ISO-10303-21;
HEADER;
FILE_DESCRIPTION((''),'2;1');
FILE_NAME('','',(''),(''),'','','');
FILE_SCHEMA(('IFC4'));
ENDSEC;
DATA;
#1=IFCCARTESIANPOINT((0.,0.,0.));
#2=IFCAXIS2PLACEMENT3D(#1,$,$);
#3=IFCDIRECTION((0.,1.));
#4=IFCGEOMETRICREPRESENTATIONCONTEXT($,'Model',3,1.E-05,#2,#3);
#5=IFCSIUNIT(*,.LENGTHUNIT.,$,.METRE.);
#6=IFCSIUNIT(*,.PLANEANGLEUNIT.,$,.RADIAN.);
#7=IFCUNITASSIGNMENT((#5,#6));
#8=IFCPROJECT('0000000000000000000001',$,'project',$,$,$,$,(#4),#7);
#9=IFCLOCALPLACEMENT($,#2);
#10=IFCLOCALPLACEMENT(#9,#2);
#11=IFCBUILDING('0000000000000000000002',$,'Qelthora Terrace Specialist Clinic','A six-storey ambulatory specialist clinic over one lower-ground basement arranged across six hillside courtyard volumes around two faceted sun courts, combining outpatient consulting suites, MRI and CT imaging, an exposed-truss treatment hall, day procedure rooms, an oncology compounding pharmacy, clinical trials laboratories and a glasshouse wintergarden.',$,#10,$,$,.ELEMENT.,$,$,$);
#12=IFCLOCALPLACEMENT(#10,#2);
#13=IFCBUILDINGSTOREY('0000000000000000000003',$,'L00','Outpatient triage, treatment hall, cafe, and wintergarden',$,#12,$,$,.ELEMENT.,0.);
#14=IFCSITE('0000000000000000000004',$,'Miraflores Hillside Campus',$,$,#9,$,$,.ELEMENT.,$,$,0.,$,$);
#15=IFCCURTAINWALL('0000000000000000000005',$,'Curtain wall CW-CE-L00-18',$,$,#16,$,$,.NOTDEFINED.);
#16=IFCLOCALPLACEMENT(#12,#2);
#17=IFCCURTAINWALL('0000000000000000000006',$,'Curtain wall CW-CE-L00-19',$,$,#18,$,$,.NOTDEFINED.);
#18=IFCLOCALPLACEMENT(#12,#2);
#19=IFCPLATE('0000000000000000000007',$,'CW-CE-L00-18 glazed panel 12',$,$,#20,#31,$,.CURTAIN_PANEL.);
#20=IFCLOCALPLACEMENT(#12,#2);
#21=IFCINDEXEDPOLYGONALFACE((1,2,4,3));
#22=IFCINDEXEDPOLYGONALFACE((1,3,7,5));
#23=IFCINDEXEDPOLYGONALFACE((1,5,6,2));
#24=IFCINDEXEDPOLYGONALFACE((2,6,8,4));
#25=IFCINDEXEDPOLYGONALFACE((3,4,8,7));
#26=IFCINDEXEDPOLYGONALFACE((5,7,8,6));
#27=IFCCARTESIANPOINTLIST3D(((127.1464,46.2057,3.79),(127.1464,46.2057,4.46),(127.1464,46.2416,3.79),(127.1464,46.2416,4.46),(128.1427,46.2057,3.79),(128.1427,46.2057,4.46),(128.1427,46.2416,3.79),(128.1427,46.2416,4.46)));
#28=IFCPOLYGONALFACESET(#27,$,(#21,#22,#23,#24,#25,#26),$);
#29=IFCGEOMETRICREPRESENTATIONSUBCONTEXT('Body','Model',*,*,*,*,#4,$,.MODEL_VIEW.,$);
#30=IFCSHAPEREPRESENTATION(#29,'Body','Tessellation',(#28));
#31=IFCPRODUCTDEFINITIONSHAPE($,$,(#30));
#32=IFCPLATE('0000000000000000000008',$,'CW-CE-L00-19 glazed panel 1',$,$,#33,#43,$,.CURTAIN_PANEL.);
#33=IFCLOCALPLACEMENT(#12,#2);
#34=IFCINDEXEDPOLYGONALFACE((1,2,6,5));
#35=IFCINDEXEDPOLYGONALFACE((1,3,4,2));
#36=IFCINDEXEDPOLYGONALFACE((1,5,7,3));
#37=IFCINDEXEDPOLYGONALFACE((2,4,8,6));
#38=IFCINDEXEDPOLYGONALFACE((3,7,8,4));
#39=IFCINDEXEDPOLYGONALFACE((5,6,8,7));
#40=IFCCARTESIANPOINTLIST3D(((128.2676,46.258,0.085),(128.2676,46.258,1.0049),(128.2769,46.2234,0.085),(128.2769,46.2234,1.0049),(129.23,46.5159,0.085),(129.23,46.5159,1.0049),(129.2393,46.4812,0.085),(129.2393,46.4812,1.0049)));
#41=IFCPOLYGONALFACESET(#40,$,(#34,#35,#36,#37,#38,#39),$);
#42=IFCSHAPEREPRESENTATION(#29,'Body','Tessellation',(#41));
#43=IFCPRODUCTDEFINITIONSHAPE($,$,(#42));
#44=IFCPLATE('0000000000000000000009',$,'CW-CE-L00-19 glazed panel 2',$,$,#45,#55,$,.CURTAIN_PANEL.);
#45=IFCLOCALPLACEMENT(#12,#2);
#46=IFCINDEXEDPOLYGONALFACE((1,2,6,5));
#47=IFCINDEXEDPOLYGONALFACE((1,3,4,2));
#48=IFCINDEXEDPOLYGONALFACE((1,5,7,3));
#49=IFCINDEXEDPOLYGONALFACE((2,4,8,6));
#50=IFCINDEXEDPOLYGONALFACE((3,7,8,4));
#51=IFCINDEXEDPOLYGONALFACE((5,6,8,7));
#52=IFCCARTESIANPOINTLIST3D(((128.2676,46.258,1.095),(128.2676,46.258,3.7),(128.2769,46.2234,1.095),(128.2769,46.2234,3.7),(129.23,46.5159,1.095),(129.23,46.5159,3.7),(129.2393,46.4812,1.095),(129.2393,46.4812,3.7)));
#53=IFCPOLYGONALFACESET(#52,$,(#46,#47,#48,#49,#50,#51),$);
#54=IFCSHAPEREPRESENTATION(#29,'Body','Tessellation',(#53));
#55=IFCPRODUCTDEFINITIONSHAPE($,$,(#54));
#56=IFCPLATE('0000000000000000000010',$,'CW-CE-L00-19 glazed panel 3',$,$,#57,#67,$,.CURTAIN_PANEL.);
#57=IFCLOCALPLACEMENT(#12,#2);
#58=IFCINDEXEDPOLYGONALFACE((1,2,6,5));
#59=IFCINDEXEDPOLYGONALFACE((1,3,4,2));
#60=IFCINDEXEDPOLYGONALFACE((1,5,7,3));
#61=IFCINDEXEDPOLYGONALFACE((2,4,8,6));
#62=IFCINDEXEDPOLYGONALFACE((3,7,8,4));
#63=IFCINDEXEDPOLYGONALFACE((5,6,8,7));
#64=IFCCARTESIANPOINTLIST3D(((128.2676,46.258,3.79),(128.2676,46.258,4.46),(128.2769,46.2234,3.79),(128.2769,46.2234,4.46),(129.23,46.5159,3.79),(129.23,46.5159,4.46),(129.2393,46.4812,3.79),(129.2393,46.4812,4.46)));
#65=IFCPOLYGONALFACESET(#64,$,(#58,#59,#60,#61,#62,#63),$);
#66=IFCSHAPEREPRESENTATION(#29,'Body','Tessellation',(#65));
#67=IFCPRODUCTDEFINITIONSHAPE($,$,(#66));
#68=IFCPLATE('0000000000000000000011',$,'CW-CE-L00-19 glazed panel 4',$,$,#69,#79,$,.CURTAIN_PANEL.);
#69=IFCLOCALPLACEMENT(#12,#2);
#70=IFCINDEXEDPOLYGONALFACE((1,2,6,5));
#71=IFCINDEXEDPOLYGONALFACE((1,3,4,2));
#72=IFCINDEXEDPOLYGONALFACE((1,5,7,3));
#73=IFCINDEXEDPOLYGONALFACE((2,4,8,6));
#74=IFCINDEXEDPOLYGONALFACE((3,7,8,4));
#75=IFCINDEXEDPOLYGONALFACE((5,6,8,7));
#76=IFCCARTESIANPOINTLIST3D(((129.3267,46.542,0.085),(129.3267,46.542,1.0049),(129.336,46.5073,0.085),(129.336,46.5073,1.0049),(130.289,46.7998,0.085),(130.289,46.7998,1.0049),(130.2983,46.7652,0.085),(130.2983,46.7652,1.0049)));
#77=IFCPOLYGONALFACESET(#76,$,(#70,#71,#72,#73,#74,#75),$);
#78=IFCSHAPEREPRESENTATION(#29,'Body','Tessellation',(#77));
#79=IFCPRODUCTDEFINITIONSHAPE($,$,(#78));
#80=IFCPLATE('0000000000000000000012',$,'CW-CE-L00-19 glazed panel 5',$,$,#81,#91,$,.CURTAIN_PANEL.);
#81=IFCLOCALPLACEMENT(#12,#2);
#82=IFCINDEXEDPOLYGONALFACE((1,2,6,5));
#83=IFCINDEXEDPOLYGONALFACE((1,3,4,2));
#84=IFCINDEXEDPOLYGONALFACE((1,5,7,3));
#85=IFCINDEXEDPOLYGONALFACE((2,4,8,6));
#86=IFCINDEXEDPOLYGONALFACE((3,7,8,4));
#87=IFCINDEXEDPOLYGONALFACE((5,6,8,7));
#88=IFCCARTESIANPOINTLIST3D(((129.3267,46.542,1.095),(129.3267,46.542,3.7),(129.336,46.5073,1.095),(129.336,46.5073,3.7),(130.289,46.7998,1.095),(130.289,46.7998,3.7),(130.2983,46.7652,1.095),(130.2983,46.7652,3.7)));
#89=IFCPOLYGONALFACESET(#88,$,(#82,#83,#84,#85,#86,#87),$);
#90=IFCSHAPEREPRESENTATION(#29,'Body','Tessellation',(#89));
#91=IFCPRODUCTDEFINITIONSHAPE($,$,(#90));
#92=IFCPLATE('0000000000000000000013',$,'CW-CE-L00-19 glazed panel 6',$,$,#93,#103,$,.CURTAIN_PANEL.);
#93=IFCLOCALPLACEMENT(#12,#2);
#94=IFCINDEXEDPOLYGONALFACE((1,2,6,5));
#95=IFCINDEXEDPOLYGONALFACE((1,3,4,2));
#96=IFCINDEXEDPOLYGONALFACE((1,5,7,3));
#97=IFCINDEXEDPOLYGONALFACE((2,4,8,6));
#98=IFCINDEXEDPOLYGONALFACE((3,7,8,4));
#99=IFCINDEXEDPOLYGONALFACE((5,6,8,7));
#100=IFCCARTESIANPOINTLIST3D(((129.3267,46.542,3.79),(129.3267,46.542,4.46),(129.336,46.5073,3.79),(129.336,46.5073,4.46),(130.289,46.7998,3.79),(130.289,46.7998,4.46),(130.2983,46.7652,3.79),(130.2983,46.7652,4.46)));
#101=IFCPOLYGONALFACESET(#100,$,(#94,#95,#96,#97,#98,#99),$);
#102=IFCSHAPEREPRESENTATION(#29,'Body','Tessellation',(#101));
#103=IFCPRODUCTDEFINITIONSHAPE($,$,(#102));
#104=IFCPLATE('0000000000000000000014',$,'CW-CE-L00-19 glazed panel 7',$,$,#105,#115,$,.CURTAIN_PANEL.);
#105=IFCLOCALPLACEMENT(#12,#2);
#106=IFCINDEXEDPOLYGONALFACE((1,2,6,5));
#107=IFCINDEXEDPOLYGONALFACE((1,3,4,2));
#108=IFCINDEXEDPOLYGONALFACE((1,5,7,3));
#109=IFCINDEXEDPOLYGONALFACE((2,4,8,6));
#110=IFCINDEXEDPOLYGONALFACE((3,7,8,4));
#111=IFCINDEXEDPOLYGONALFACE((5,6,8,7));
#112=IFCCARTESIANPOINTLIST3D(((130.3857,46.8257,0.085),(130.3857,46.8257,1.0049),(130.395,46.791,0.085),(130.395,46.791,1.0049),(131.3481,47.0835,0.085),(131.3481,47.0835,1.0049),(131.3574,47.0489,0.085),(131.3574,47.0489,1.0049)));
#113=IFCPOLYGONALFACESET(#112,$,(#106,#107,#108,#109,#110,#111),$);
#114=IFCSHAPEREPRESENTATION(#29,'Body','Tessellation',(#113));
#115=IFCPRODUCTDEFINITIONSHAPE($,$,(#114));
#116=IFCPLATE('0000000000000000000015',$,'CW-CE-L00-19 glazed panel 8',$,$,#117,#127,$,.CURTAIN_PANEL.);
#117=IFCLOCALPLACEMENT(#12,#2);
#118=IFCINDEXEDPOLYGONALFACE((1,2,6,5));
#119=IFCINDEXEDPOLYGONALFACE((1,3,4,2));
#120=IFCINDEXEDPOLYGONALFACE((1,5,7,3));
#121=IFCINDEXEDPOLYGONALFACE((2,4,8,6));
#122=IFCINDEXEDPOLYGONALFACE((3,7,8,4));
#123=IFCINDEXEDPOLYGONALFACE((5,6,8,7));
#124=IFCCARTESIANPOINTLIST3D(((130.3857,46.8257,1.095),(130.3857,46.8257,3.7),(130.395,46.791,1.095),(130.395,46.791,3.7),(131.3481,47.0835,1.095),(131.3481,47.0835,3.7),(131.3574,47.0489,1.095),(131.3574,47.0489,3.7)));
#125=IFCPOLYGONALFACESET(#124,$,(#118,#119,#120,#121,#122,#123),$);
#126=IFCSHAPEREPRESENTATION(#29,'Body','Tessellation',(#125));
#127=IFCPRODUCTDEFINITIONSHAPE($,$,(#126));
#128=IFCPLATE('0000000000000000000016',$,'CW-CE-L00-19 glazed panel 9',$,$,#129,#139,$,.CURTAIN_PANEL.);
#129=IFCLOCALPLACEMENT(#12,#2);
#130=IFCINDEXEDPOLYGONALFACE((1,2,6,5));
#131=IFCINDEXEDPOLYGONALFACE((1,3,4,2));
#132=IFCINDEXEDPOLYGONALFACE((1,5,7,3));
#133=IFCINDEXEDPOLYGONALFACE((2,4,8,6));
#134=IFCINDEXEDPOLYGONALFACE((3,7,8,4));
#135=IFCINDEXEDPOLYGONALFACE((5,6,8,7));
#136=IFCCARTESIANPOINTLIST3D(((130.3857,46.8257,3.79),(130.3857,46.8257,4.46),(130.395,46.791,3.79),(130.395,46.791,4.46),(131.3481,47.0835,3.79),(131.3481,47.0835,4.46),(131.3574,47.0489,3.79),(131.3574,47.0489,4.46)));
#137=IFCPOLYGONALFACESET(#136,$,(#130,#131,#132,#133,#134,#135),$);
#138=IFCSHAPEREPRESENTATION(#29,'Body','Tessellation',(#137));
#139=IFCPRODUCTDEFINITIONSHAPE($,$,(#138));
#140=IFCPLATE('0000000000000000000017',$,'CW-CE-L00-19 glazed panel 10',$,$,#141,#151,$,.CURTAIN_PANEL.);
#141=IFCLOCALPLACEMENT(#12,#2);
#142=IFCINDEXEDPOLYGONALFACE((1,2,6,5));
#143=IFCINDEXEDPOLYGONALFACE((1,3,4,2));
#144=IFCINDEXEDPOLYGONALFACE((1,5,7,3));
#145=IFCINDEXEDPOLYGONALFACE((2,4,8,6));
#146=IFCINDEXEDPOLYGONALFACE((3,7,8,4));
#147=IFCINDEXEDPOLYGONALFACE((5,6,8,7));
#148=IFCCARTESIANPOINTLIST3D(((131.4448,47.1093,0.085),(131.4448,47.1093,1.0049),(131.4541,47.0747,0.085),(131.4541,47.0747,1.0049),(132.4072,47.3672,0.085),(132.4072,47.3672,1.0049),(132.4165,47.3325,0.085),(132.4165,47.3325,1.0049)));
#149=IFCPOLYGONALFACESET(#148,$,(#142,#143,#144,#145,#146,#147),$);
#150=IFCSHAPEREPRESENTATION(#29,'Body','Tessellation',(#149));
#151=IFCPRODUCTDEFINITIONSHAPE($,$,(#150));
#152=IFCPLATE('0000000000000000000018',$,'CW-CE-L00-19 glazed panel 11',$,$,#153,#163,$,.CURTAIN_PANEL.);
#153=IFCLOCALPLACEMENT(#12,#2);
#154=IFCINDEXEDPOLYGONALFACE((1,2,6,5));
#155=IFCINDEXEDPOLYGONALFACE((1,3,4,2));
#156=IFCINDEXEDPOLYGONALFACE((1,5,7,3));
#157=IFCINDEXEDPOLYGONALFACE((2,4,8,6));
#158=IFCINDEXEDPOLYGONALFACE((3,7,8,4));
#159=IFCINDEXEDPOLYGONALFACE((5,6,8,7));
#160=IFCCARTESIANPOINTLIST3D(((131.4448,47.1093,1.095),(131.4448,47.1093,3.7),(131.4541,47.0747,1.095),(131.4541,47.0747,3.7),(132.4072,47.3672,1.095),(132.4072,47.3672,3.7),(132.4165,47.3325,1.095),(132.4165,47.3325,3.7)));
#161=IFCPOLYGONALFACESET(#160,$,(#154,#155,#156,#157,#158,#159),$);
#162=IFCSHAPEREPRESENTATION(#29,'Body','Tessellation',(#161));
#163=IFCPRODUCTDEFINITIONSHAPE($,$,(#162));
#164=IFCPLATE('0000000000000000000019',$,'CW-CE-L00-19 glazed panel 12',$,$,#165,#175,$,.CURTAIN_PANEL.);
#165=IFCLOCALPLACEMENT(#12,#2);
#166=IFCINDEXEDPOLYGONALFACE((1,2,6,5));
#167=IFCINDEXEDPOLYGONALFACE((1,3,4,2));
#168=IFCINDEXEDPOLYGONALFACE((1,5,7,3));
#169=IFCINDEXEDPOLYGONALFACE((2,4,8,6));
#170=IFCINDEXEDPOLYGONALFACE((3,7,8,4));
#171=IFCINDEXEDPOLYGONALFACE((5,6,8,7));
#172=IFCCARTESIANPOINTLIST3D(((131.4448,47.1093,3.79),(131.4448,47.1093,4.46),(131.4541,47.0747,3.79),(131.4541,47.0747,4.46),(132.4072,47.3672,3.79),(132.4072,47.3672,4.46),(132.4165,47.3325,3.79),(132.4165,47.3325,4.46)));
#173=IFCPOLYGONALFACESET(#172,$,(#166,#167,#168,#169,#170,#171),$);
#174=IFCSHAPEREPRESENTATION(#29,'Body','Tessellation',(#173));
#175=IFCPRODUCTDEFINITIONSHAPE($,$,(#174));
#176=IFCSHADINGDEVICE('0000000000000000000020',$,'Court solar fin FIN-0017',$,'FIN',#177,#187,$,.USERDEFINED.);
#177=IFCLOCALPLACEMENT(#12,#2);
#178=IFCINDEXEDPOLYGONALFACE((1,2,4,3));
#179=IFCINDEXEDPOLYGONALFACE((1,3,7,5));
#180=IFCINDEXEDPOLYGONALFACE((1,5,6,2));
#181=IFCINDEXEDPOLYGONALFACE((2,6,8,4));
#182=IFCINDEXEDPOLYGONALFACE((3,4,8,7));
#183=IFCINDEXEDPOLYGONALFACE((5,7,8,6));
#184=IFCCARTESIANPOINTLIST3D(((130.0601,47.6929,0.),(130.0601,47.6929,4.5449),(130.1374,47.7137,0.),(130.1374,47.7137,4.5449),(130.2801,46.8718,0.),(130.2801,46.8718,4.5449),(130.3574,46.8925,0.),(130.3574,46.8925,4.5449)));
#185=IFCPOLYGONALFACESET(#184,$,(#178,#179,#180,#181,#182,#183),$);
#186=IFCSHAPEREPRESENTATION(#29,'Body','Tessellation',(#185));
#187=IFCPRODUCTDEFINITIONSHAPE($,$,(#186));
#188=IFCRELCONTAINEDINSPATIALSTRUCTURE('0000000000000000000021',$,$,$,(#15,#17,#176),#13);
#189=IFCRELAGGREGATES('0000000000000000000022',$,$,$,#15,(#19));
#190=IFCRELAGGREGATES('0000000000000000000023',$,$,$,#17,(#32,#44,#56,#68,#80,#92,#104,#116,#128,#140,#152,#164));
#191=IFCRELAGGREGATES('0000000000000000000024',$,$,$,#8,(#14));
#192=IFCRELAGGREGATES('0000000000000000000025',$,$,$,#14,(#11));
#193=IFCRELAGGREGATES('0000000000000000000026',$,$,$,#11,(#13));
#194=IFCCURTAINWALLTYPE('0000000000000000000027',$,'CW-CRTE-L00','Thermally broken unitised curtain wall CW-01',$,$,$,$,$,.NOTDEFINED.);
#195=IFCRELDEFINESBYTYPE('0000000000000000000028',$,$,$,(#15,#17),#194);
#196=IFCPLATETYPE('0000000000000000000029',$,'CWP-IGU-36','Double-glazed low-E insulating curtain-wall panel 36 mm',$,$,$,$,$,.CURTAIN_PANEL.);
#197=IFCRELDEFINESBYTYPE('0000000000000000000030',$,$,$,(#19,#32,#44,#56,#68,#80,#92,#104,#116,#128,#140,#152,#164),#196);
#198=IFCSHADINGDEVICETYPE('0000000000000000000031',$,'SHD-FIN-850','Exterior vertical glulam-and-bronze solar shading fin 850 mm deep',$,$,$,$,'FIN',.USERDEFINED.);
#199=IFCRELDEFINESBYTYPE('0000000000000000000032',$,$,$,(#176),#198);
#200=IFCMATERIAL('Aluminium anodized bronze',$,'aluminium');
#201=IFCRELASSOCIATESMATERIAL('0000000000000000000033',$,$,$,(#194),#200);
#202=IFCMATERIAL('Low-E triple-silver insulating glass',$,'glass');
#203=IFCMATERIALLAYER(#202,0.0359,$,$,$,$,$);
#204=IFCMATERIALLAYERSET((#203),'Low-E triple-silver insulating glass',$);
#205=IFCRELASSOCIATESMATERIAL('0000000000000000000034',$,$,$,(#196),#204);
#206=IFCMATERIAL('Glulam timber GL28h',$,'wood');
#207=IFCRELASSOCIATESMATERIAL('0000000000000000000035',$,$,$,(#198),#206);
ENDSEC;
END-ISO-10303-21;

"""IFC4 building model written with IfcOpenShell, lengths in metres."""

from ifc_helpers import new_model, si_unit, direction, frame, origin, origin_2d, place, context, subcontext, project, spatial, rectangle, extrude, material, layer, layer_set, type_object, element, aggregate, save


model = new_model("IFC4")

# Units and contexts
model_context = context("Model", 3, precision=1e-05, world=origin(), true_north=direction((0.0, 1.0)))
body_context = subcontext(model_context, "Body", "Model", "MODEL_VIEW")
ifc_project = project(units=[si_unit("LENGTHUNIT", "METRE"), si_unit("PLANEANGLEUNIT", "RADIAN")], contexts=[model_context])

# Site, building, storey
site_placement = place(None, origin())
site = spatial("IfcSite", under=ifc_project, at=site_placement, Name="Miraflores Hillside Campus", CompositionType="ELEMENT", RefElevation=0.0)
building_placement = place(site_placement, origin())
building = spatial("IfcBuilding", under=site, at=building_placement, Name="Qelthora Terrace Specialist Clinic", Description="A six-storey ambulatory specialist clinic over one lower-ground basement arranged across six hillside courtyard volumes around two faceted sun courts, combining outpatient consulting suites, MRI and CT imaging, an exposed-truss treatment hall, day procedure rooms, an oncology compounding pharmacy, clinical trials laboratories and a glasshouse wintergarden.", CompositionType="ELEMENT")
storey_placement = place(building_placement, origin())
storey = spatial("IfcBuildingStorey", under=building, at=storey_placement, Name="L00", Description="Outpatient triage, treatment hall, cafe, and wintergarden", CompositionType="ELEMENT", Elevation=0.0)

# Curtain wall
ifc_material_1 = material(Name="Aluminium anodized bronze", Category="aluminium")
curtain_wall_type = type_object("IfcCurtainWallType", Name="CW-CRTE-L00", Description="Thermally broken unitised curtain wall CW-01", PredefinedType="NOTDEFINED", material=ifc_material_1)
curtain_wall_1_placement = place(storey_placement, origin())
curtain_wall_1 = element("IfcCurtainWall", 1, at=curtain_wall_1_placement, inside=storey, type_object=curtain_wall_type, Name="Curtain wall CW-CE-L00-18", PredefinedType="NOTDEFINED")

# Curtain wall
curtain_wall_2_placement = place(storey_placement, origin())
curtain_wall_2 = element("IfcCurtainWall", 2, at=curtain_wall_2_placement, inside=storey, type_object=curtain_wall_type, Name="Curtain wall CW-CE-L00-19", PredefinedType="NOTDEFINED")

# Plates
ifc_material_2 = material(Name="Low-E triple-silver insulating glass", Category="glass")
ifc_layer = layer(ifc_material_2, 0.0359)
ifc_layer_set = layer_set([ifc_layer], Name="Low-E triple-silver insulating glass")
plate_type = type_object("IfcPlateType", Name="CWP-IGU-36", Description="Double-glazed low-E insulating curtain-wall panel 36 mm", PredefinedType="CURTAIN_PANEL", material=ifc_layer_set)
plate_1_placement = place(storey_placement, frame((127.6445, 46.2236, 3.79), z_axis=(0.0, 0.0, 1.0), x_axis=(1.0, 0.0, 0.0)))
plate_1 = element("IfcPlate", 3, at=plate_1_placement, type_object=plate_type, Name="CW-CE-L00-18 glazed panel 12", PredefinedType="CURTAIN_PANEL", context=body_context, shape_type="SweptSolid", body=[
    extrude(rectangle(XDim=0.9963, YDim=0.0359, at=origin_2d()), origin(), (0.0, 0.0, 1.0), 0.6699),
])
aggregate(curtain_wall_1, [plate_1])
plate_2_placement = place(storey_placement, frame((128.7534, 46.3696, 0.085), z_axis=(0.0, 0.0, 1.0), x_axis=(0.965926, 0.258819, 0.0)))
plate_2 = element("IfcPlate", 4, at=plate_2_placement, type_object=plate_type, Name="CW-CE-L00-19 glazed panel 1", PredefinedType="CURTAIN_PANEL", context=body_context, shape_type="SweptSolid", body=[
    extrude(rectangle(XDim=0.9963, YDim=0.0359, at=origin_2d()), origin(), (0.0, 0.0, 1.0), 0.9199),
])
plate_3_placement = place(storey_placement, frame((128.7534, 46.3696, 1.095), z_axis=(0.0, 0.0, 1.0), x_axis=(0.965926, 0.258819, 0.0)))
plate_3 = element("IfcPlate", 5, at=plate_3_placement, type_object=plate_type, Name="CW-CE-L00-19 glazed panel 2", PredefinedType="CURTAIN_PANEL", context=body_context, shape_type="SweptSolid", body=[
    extrude(rectangle(XDim=0.9963, YDim=0.0359, at=origin_2d()), origin(), (0.0, 0.0, 1.0), 2.605),
])
plate_4_placement = place(storey_placement, frame((128.7534, 46.3696, 3.79), z_axis=(0.0, 0.0, 1.0), x_axis=(0.965926, 0.258819, 0.0)))
plate_4 = element("IfcPlate", 6, at=plate_4_placement, type_object=plate_type, Name="CW-CE-L00-19 glazed panel 3", PredefinedType="CURTAIN_PANEL", context=body_context, shape_type="SweptSolid", body=[
    extrude(rectangle(XDim=0.9963, YDim=0.0359, at=origin_2d()), origin(), (0.0, 0.0, 1.0), 0.6699),
])
plate_5_placement = place(storey_placement, frame((129.8125, 46.6536, 0.085), z_axis=(0.0, 0.0, 1.0), x_axis=(0.965926, 0.258819, 0.0)))
plate_5 = element("IfcPlate", 7, at=plate_5_placement, type_object=plate_type, Name="CW-CE-L00-19 glazed panel 4", PredefinedType="CURTAIN_PANEL", context=body_context, shape_type="SweptSolid", body=[
    extrude(rectangle(XDim=0.9963, YDim=0.0359, at=origin_2d()), origin(), (0.0, 0.0, 1.0), 0.9199),
])
plate_6_placement = place(storey_placement, frame((129.8125, 46.6536, 1.095), z_axis=(0.0, 0.0, 1.0), x_axis=(0.965926, 0.258819, 0.0)))
plate_6 = element("IfcPlate", 8, at=plate_6_placement, type_object=plate_type, Name="CW-CE-L00-19 glazed panel 5", PredefinedType="CURTAIN_PANEL", context=body_context, shape_type="SweptSolid", body=[
    extrude(rectangle(XDim=0.9963, YDim=0.0359, at=origin_2d()), origin(), (0.0, 0.0, 1.0), 2.605),
])
plate_7_placement = place(storey_placement, frame((129.8125, 46.6536, 3.79), z_axis=(0.0, 0.0, 1.0), x_axis=(0.965926, 0.258819, 0.0)))
plate_7 = element("IfcPlate", 9, at=plate_7_placement, type_object=plate_type, Name="CW-CE-L00-19 glazed panel 6", PredefinedType="CURTAIN_PANEL", context=body_context, shape_type="SweptSolid", body=[
    extrude(rectangle(XDim=0.9963, YDim=0.0359, at=origin_2d()), origin(), (0.0, 0.0, 1.0), 0.6699),
])
plate_8_placement = place(storey_placement, frame((130.8716, 46.9373, 0.085), z_axis=(0.0, 0.0, 1.0), x_axis=(0.965926, 0.258819, 0.0)))
plate_8 = element("IfcPlate", 10, at=plate_8_placement, type_object=plate_type, Name="CW-CE-L00-19 glazed panel 7", PredefinedType="CURTAIN_PANEL", context=body_context, shape_type="SweptSolid", body=[
    extrude(rectangle(XDim=0.9963, YDim=0.0359, at=origin_2d()), origin(), (0.0, 0.0, 1.0), 0.9199),
])
plate_9_placement = place(storey_placement, frame((130.8716, 46.9373, 1.095), z_axis=(0.0, 0.0, 1.0), x_axis=(0.965926, 0.258819, 0.0)))
plate_9 = element("IfcPlate", 11, at=plate_9_placement, type_object=plate_type, Name="CW-CE-L00-19 glazed panel 8", PredefinedType="CURTAIN_PANEL", context=body_context, shape_type="SweptSolid", body=[
    extrude(rectangle(XDim=0.9963, YDim=0.0359, at=origin_2d()), origin(), (0.0, 0.0, 1.0), 2.605),
])
plate_10_placement = place(storey_placement, frame((130.8716, 46.9373, 3.79), z_axis=(0.0, 0.0, 1.0), x_axis=(0.965926, 0.258819, 0.0)))
plate_10 = element("IfcPlate", 12, at=plate_10_placement, type_object=plate_type, Name="CW-CE-L00-19 glazed panel 9", PredefinedType="CURTAIN_PANEL", context=body_context, shape_type="SweptSolid", body=[
    extrude(rectangle(XDim=0.9963, YDim=0.0359, at=origin_2d()), origin(), (0.0, 0.0, 1.0), 0.6699),
])
plate_11_placement = place(storey_placement, frame((131.9307, 47.2209, 0.085), z_axis=(0.0, 0.0, 1.0), x_axis=(0.965926, 0.258819, 0.0)))
plate_11 = element("IfcPlate", 13, at=plate_11_placement, type_object=plate_type, Name="CW-CE-L00-19 glazed panel 10", PredefinedType="CURTAIN_PANEL", context=body_context, shape_type="SweptSolid", body=[
    extrude(rectangle(XDim=0.9963, YDim=0.0359, at=origin_2d()), origin(), (0.0, 0.0, 1.0), 0.9199),
])
plate_12_placement = place(storey_placement, frame((131.9307, 47.2209, 1.095), z_axis=(0.0, 0.0, 1.0), x_axis=(0.965926, 0.258819, 0.0)))
plate_12 = element("IfcPlate", 14, at=plate_12_placement, type_object=plate_type, Name="CW-CE-L00-19 glazed panel 11", PredefinedType="CURTAIN_PANEL", context=body_context, shape_type="SweptSolid", body=[
    extrude(rectangle(XDim=0.9963, YDim=0.0359, at=origin_2d()), origin(), (0.0, 0.0, 1.0), 2.605),
])
plate_13_placement = place(storey_placement, frame((131.9307, 47.2209, 3.79), z_axis=(0.0, 0.0, 1.0), x_axis=(0.965926, 0.258819, 0.0)))
plate_13 = element("IfcPlate", 15, at=plate_13_placement, type_object=plate_type, Name="CW-CE-L00-19 glazed panel 12", PredefinedType="CURTAIN_PANEL", context=body_context, shape_type="SweptSolid", body=[
    extrude(rectangle(XDim=0.9963, YDim=0.0359, at=origin_2d()), origin(), (0.0, 0.0, 1.0), 0.6699),
])
aggregate(curtain_wall_2, [plate_2, plate_3, plate_4, plate_5, plate_6, plate_7, plate_8, plate_9, plate_10, plate_11, plate_12, plate_13])

# Shading device
ifc_material_3 = material(Name="Glulam timber GL28h", Category="wood")
shading_device_type = type_object("IfcShadingDeviceType", Name="SHD-FIN-850", Description="Exterior vertical glulam-and-bronze solar shading fin 850 mm deep", ElementType="FIN", PredefinedType="USERDEFINED", material=ifc_material_3)
shading_device_placement = place(storey_placement, frame((130.2087, 47.2927, 0.0), z_axis=(0.0, 0.0, 1.0), x_axis=(-0.258819, 0.965926, 0.0)))
element("IfcShadingDevice", 16, at=shading_device_placement, inside=storey, type_object=shading_device_type, Name="Court solar fin FIN-0017", ObjectType="FIN", PredefinedType="USERDEFINED", context=body_context, shape_type="SweptSolid", body=[
    extrude(rectangle(XDim=0.8501, YDim=0.0801, at=origin_2d()), origin(), (0.0, 0.0, 1.0), 4.5449),
])

save(model, "model.ifc")
